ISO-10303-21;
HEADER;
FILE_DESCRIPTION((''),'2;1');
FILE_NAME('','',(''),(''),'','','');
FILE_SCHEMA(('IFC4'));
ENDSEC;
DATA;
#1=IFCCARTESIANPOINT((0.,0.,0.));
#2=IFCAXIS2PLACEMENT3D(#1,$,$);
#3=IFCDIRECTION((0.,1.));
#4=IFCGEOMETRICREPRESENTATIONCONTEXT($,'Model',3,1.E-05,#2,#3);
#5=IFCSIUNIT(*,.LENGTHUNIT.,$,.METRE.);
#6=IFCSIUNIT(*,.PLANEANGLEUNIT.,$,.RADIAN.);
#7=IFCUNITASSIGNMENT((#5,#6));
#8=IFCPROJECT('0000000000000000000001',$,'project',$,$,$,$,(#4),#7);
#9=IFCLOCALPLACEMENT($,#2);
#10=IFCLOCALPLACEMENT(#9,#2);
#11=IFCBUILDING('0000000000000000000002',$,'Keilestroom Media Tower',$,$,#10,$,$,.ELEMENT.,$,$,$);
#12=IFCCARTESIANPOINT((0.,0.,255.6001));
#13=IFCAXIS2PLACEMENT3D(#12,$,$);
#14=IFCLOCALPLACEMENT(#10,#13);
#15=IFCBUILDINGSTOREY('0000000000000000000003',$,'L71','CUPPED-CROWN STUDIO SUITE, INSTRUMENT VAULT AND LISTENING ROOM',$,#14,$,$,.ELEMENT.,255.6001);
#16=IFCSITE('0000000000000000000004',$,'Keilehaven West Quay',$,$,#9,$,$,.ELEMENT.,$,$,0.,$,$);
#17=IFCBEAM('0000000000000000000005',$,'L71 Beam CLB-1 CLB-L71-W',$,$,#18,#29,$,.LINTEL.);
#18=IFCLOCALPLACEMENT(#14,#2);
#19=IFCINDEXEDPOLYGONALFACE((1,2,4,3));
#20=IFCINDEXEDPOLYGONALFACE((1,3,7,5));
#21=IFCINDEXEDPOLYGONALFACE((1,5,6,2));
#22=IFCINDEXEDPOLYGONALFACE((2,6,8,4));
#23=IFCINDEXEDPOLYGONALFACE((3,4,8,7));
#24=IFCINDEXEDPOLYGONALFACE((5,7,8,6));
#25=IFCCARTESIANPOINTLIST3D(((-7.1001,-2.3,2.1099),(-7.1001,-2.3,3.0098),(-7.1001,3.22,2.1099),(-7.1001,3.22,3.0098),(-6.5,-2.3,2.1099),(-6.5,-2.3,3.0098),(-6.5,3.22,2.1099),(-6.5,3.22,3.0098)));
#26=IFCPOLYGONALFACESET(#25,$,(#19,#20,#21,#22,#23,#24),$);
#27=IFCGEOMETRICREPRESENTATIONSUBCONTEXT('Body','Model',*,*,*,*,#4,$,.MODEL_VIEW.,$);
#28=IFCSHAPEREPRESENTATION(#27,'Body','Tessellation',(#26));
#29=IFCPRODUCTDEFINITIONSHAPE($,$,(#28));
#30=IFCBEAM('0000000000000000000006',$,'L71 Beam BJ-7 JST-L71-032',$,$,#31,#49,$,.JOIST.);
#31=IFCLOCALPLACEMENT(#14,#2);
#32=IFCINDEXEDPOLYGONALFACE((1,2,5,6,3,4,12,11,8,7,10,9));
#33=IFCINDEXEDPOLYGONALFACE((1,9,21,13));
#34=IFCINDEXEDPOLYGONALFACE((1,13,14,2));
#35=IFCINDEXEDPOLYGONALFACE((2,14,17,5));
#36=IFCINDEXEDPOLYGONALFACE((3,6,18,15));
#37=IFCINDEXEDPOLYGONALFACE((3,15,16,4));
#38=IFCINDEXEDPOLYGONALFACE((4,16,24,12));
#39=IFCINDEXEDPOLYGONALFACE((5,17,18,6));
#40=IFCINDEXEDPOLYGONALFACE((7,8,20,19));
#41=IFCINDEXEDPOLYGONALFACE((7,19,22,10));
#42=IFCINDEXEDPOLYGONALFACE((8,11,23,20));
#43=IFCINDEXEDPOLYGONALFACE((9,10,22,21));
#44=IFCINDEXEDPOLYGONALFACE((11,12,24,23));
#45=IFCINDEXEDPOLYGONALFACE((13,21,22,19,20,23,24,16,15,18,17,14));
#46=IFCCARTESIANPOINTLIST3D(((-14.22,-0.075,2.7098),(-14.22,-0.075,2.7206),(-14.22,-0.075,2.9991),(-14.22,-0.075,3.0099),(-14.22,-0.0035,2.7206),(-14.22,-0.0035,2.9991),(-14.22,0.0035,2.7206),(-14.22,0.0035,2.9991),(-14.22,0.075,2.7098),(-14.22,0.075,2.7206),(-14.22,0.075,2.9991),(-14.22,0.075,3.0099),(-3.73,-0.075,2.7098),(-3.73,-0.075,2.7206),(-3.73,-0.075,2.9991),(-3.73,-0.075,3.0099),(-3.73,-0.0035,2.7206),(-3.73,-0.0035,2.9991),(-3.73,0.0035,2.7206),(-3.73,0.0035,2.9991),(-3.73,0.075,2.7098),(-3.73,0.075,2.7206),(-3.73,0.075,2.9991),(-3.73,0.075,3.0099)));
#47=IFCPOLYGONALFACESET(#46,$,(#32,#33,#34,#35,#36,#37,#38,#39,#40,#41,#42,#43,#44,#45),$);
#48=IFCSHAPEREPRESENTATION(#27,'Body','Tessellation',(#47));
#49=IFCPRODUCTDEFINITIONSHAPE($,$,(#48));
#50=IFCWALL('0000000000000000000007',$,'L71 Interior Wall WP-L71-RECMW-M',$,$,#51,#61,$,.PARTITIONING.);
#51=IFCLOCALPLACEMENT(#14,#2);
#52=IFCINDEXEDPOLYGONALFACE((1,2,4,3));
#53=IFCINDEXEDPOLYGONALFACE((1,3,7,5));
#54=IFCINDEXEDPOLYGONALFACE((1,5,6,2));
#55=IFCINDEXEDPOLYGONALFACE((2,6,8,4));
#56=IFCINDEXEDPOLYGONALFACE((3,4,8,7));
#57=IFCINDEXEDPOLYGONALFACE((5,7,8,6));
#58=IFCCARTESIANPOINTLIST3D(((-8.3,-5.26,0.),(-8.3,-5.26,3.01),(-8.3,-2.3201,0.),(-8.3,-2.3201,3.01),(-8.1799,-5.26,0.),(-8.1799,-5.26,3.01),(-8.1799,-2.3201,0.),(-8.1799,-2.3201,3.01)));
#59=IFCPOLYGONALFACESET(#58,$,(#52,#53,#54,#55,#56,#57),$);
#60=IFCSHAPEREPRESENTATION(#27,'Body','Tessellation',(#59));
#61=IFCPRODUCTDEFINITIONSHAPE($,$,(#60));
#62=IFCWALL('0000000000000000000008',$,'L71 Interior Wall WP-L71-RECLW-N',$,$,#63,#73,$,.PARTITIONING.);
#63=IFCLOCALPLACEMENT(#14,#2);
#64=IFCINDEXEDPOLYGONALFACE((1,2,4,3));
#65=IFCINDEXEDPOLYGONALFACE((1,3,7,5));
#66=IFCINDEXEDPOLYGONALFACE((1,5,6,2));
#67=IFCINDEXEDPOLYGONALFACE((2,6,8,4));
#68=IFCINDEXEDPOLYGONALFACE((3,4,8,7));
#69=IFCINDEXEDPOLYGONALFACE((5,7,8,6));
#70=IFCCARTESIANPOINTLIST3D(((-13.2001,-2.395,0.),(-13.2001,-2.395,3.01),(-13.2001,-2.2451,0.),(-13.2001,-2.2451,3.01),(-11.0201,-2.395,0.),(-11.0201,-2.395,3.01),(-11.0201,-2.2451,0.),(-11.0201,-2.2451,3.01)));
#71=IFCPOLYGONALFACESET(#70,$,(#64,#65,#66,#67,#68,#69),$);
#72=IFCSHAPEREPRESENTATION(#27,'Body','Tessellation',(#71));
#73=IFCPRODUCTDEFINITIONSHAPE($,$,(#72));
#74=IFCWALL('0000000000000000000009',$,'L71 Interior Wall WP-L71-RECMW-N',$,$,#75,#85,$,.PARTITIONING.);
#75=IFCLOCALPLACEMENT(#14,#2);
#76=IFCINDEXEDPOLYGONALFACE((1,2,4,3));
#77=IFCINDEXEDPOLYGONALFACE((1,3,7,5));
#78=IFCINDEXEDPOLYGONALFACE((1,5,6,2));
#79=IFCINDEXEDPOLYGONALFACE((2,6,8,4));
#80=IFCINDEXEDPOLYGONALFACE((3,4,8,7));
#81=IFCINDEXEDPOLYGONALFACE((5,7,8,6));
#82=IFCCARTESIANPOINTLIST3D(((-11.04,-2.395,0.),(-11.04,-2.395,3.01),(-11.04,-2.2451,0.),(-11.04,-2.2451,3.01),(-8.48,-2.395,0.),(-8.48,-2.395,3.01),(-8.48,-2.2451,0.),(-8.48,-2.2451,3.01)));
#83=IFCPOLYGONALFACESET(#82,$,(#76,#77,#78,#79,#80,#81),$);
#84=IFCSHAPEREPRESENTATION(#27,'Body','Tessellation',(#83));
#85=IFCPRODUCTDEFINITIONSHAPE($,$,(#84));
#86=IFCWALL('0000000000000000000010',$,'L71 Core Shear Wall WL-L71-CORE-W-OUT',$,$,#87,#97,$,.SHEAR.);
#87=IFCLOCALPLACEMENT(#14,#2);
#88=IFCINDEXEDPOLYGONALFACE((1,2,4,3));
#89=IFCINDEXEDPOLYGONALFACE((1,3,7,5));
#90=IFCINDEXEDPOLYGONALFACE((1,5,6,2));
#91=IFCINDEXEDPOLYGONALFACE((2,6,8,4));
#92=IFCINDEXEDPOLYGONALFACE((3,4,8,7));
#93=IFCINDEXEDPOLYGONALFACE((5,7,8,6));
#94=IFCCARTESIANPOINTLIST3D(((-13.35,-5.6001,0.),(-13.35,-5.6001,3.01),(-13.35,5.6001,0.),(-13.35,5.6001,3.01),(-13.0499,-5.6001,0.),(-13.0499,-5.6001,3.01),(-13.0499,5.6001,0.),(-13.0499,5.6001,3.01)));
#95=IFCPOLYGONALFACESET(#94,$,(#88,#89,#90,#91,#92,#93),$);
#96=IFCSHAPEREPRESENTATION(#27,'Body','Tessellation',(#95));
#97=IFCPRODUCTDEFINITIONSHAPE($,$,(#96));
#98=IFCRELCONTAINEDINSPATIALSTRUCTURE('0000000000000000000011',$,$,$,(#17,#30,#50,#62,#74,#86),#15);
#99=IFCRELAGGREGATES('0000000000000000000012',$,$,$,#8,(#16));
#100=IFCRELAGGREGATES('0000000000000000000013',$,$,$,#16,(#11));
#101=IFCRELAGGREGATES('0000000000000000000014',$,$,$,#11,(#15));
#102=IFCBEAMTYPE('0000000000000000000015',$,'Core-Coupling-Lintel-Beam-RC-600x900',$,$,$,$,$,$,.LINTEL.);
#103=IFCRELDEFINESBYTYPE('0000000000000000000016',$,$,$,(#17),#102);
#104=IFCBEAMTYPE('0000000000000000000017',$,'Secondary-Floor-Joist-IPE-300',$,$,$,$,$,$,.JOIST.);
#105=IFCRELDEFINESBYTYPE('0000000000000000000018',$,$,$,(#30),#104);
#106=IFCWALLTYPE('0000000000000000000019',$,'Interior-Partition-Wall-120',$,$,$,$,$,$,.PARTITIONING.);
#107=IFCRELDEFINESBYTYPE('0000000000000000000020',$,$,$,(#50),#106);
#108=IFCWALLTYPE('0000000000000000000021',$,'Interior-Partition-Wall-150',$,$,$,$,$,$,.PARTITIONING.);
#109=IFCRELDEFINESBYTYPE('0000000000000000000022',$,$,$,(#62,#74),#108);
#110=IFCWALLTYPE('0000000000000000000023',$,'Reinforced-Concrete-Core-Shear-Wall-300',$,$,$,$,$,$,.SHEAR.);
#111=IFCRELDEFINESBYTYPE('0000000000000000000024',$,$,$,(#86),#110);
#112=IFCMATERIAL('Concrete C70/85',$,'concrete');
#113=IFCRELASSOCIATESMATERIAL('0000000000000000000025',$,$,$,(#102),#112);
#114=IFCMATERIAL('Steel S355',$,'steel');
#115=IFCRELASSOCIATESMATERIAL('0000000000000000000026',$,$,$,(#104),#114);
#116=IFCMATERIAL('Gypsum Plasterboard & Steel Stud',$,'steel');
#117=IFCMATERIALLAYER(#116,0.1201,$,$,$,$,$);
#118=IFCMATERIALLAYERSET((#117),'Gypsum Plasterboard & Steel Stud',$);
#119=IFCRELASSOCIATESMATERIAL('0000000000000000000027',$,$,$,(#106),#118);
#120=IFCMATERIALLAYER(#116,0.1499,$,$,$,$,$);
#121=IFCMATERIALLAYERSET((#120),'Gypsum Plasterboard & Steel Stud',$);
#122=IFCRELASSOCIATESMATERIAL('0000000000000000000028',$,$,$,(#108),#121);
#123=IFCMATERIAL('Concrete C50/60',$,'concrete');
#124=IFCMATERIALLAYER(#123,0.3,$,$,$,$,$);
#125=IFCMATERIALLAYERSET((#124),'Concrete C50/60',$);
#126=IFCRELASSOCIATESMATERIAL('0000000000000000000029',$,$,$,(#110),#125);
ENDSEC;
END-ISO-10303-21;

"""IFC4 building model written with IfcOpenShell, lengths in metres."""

from ifc_helpers import new_model, si_unit, direction, frame, frame_2d, origin, origin_2d, place, context, subcontext, project, spatial, rectangle, i_section, extrude, source, transform, mapped, material, layer, layer_set, material_profile, profile_set, type_object, element, save


model = new_model("IFC4")

# Units and contexts
model_context = context("Model", 3, precision=1e-05, world=origin(), true_north=direction((0.0, 1.0)))
body_context = subcontext(model_context, "Body", "Model", "MODEL_VIEW")
ifc_project = project(units=[si_unit("LENGTHUNIT", "METRE"), si_unit("PLANEANGLEUNIT", "RADIAN")], contexts=[model_context])

# Site, building, storey
site_placement = place(None, origin())
site = spatial("IfcSite", under=ifc_project, at=site_placement, Name="Keilehaven West Quay", CompositionType="ELEMENT", RefElevation=0.0)
building_placement = place(site_placement, origin())
building = spatial("IfcBuilding", under=site, at=building_placement, Name="Keilestroom Media Tower", CompositionType="ELEMENT")
storey_placement = place(building_placement, frame((0.0, 0.0, 255.6001)))
storey = spatial("IfcBuildingStorey", under=building, at=storey_placement, Name="L71", Description="CUPPED-CROWN STUDIO SUITE, INSTRUMENT VAULT AND LISTENING ROOM", CompositionType="ELEMENT", Elevation=255.6001)

# Beams
ifc_material_1 = material(Name="Concrete C70/85", Category="concrete")
ifc_material_profile_1 = material_profile(ifc_material_1, rectangle(XDim=0.6001, YDim=0.8999, at=origin_2d()), Name="RC 600x900")
ifc_profile_set_1 = profile_set([ifc_material_profile_1], Name="Concrete C70/85")
beam_type_1 = type_object("IfcBeamType", Name="Core-Coupling-Lintel-Beam-RC-600x900", PredefinedType="LINTEL", material=ifc_profile_set_1)
shared_shape_1 = source(origin(), body_context, "Body", "SweptSolid", [
    extrude(rectangle(XDim=0.6001, YDim=0.8999, at=origin_2d()), origin(), (0.0, 0.0, 1.0), 5.52),
])
beam_1_placement = place(storey_placement, frame((-6.8, -2.3, 2.5598), z_axis=(0.0, 1.0, 0.0), x_axis=(-1.0, 0.0, 0.0)))
element("IfcBeam", 1, at=beam_1_placement, inside=storey, type_object=beam_type_1, Name="L71 Beam CLB-1 CLB-L71-W", PredefinedType="LINTEL", context=body_context, shape_type="MappedRepresentation", body=[
    mapped(shared_shape_1, transform((0.0, 0.0, 0.0), x_axis=(1.0, 0.0, 0.0), y_axis=(0.0, 1.0, 0.0), z_axis=(0.0, 0.0, 1.0), scale=1.0)),
])
ifc_material_2 = material(Name="Steel S355", Category="steel")
ifc_material_profile_2 = material_profile(ifc_material_2, i_section(OverallWidth=0.1499, OverallDepth=0.3, WebThickness=0.0071, FlangeThickness=0.0107, at=origin_2d()), Name="IPE 300")
ifc_profile_set_2 = profile_set([ifc_material_profile_2], Name="Steel S355")
beam_type_2 = type_object("IfcBeamType", Name="Secondary-Floor-Joist-IPE-300", PredefinedType="JOIST", material=ifc_profile_set_2)
shared_shape_2 = source(origin(), body_context, "Body", "SweptSolid", [
    extrude(i_section(OverallWidth=0.1499, OverallDepth=0.3, WebThickness=0.0071, FlangeThickness=0.0107, at=origin_2d()), origin(), (0.0, 0.0, 1.0), 10.49),
])
beam_2_placement = place(storey_placement, frame((-14.22, 0.0, 2.8599), z_axis=(1.0, 0.0, 0.0), x_axis=(0.0, 1.0, 0.0)))
element("IfcBeam", 2, at=beam_2_placement, inside=storey, type_object=beam_type_2, Name="L71 Beam BJ-7 JST-L71-032", PredefinedType="JOIST", context=body_context, shape_type="MappedRepresentation", body=[
    mapped(shared_shape_2, transform((0.0, 0.0, 0.0), x_axis=(1.0, 0.0, 0.0), y_axis=(0.0, 1.0, 0.0), z_axis=(0.0, 0.0, 1.0), scale=1.0)),
])

# Walls
ifc_material_3 = material(Name="Gypsum Plasterboard & Steel Stud", Category="steel")
ifc_layer_1 = layer(ifc_material_3, 0.1201)
ifc_layer_set_1 = layer_set([ifc_layer_1], Name="Gypsum Plasterboard & Steel Stud")
wall_type_1 = type_object("IfcWallType", Name="Interior-Partition-Wall-120", PredefinedType="PARTITIONING", material=ifc_layer_set_1)
wall_1_placement = place(storey_placement, frame((-8.24, -5.26, 0.0), z_axis=(0.0, 0.0, 1.0), x_axis=(0.0, 1.0, 0.0)))
element("IfcWall", 3, at=wall_1_placement, inside=storey, type_object=wall_type_1, Name="L71 Interior Wall WP-L71-RECMW-M", PredefinedType="PARTITIONING", context=body_context, shape_type="SweptSolid", body=[
    extrude(rectangle(XDim=2.9399, YDim=0.1201, at=frame_2d((1.47, 0.0))), origin(), (0.0, 0.0, 1.0), 3.01),
])
ifc_layer_2 = layer(ifc_material_3, 0.1499)
ifc_layer_set_2 = layer_set([ifc_layer_2], Name="Gypsum Plasterboard & Steel Stud")
wall_type_2 = type_object("IfcWallType", Name="Interior-Partition-Wall-150", PredefinedType="PARTITIONING", material=ifc_layer_set_2)
wall_2_placement = place(storey_placement, frame((-13.2, -2.3201, 0.0), z_axis=(0.0, 0.0, 1.0), x_axis=(1.0, 0.0, 0.0)))
element("IfcWall", 4, at=wall_2_placement, inside=storey, type_object=wall_type_2, Name="L71 Interior Wall WP-L71-RECLW-N", PredefinedType="PARTITIONING", context=body_context, shape_type="SweptSolid", body=[
    extrude(rectangle(XDim=2.1799, YDim=0.1499, at=frame_2d((1.0898, 0.0))), origin(), (0.0, 0.0, 1.0), 3.01),
])
wall_3_placement = place(storey_placement, frame((-11.04, -2.3201, 0.0), z_axis=(0.0, 0.0, 1.0), x_axis=(1.0, 0.0, 0.0)))
element("IfcWall", 5, at=wall_3_placement, inside=storey, type_object=wall_type_2, Name="L71 Interior Wall WP-L71-RECMW-N", PredefinedType="PARTITIONING", context=body_context, shape_type="SweptSolid", body=[
    extrude(rectangle(XDim=2.5601, YDim=0.1499, at=frame_2d((1.28, 0.0))), origin(), (0.0, 0.0, 1.0), 3.01),
])
ifc_material_4 = material(Name="Concrete C50/60", Category="concrete")
ifc_layer_3 = layer(ifc_material_4, 0.3)
ifc_layer_set_3 = layer_set([ifc_layer_3], Name="Concrete C50/60")
wall_type_3 = type_object("IfcWallType", Name="Reinforced-Concrete-Core-Shear-Wall-300", PredefinedType="SHEAR", material=ifc_layer_set_3)
wall_4_placement = place(storey_placement, frame((-13.2, -5.6001, 0.0), z_axis=(0.0, 0.0, 1.0), x_axis=(0.0, 1.0, 0.0)))
element("IfcWall", 6, at=wall_4_placement, inside=storey, type_object=wall_type_3, Name="L71 Core Shear Wall WL-L71-CORE-W-OUT", PredefinedType="SHEAR", context=body_context, shape_type="SweptSolid", body=[
    extrude(rectangle(XDim=11.2002, YDim=0.3, at=frame_2d((5.6001, 0.0))), origin(), (0.0, 0.0, 1.0), 3.01),
])

save(model, "model.ifc")
